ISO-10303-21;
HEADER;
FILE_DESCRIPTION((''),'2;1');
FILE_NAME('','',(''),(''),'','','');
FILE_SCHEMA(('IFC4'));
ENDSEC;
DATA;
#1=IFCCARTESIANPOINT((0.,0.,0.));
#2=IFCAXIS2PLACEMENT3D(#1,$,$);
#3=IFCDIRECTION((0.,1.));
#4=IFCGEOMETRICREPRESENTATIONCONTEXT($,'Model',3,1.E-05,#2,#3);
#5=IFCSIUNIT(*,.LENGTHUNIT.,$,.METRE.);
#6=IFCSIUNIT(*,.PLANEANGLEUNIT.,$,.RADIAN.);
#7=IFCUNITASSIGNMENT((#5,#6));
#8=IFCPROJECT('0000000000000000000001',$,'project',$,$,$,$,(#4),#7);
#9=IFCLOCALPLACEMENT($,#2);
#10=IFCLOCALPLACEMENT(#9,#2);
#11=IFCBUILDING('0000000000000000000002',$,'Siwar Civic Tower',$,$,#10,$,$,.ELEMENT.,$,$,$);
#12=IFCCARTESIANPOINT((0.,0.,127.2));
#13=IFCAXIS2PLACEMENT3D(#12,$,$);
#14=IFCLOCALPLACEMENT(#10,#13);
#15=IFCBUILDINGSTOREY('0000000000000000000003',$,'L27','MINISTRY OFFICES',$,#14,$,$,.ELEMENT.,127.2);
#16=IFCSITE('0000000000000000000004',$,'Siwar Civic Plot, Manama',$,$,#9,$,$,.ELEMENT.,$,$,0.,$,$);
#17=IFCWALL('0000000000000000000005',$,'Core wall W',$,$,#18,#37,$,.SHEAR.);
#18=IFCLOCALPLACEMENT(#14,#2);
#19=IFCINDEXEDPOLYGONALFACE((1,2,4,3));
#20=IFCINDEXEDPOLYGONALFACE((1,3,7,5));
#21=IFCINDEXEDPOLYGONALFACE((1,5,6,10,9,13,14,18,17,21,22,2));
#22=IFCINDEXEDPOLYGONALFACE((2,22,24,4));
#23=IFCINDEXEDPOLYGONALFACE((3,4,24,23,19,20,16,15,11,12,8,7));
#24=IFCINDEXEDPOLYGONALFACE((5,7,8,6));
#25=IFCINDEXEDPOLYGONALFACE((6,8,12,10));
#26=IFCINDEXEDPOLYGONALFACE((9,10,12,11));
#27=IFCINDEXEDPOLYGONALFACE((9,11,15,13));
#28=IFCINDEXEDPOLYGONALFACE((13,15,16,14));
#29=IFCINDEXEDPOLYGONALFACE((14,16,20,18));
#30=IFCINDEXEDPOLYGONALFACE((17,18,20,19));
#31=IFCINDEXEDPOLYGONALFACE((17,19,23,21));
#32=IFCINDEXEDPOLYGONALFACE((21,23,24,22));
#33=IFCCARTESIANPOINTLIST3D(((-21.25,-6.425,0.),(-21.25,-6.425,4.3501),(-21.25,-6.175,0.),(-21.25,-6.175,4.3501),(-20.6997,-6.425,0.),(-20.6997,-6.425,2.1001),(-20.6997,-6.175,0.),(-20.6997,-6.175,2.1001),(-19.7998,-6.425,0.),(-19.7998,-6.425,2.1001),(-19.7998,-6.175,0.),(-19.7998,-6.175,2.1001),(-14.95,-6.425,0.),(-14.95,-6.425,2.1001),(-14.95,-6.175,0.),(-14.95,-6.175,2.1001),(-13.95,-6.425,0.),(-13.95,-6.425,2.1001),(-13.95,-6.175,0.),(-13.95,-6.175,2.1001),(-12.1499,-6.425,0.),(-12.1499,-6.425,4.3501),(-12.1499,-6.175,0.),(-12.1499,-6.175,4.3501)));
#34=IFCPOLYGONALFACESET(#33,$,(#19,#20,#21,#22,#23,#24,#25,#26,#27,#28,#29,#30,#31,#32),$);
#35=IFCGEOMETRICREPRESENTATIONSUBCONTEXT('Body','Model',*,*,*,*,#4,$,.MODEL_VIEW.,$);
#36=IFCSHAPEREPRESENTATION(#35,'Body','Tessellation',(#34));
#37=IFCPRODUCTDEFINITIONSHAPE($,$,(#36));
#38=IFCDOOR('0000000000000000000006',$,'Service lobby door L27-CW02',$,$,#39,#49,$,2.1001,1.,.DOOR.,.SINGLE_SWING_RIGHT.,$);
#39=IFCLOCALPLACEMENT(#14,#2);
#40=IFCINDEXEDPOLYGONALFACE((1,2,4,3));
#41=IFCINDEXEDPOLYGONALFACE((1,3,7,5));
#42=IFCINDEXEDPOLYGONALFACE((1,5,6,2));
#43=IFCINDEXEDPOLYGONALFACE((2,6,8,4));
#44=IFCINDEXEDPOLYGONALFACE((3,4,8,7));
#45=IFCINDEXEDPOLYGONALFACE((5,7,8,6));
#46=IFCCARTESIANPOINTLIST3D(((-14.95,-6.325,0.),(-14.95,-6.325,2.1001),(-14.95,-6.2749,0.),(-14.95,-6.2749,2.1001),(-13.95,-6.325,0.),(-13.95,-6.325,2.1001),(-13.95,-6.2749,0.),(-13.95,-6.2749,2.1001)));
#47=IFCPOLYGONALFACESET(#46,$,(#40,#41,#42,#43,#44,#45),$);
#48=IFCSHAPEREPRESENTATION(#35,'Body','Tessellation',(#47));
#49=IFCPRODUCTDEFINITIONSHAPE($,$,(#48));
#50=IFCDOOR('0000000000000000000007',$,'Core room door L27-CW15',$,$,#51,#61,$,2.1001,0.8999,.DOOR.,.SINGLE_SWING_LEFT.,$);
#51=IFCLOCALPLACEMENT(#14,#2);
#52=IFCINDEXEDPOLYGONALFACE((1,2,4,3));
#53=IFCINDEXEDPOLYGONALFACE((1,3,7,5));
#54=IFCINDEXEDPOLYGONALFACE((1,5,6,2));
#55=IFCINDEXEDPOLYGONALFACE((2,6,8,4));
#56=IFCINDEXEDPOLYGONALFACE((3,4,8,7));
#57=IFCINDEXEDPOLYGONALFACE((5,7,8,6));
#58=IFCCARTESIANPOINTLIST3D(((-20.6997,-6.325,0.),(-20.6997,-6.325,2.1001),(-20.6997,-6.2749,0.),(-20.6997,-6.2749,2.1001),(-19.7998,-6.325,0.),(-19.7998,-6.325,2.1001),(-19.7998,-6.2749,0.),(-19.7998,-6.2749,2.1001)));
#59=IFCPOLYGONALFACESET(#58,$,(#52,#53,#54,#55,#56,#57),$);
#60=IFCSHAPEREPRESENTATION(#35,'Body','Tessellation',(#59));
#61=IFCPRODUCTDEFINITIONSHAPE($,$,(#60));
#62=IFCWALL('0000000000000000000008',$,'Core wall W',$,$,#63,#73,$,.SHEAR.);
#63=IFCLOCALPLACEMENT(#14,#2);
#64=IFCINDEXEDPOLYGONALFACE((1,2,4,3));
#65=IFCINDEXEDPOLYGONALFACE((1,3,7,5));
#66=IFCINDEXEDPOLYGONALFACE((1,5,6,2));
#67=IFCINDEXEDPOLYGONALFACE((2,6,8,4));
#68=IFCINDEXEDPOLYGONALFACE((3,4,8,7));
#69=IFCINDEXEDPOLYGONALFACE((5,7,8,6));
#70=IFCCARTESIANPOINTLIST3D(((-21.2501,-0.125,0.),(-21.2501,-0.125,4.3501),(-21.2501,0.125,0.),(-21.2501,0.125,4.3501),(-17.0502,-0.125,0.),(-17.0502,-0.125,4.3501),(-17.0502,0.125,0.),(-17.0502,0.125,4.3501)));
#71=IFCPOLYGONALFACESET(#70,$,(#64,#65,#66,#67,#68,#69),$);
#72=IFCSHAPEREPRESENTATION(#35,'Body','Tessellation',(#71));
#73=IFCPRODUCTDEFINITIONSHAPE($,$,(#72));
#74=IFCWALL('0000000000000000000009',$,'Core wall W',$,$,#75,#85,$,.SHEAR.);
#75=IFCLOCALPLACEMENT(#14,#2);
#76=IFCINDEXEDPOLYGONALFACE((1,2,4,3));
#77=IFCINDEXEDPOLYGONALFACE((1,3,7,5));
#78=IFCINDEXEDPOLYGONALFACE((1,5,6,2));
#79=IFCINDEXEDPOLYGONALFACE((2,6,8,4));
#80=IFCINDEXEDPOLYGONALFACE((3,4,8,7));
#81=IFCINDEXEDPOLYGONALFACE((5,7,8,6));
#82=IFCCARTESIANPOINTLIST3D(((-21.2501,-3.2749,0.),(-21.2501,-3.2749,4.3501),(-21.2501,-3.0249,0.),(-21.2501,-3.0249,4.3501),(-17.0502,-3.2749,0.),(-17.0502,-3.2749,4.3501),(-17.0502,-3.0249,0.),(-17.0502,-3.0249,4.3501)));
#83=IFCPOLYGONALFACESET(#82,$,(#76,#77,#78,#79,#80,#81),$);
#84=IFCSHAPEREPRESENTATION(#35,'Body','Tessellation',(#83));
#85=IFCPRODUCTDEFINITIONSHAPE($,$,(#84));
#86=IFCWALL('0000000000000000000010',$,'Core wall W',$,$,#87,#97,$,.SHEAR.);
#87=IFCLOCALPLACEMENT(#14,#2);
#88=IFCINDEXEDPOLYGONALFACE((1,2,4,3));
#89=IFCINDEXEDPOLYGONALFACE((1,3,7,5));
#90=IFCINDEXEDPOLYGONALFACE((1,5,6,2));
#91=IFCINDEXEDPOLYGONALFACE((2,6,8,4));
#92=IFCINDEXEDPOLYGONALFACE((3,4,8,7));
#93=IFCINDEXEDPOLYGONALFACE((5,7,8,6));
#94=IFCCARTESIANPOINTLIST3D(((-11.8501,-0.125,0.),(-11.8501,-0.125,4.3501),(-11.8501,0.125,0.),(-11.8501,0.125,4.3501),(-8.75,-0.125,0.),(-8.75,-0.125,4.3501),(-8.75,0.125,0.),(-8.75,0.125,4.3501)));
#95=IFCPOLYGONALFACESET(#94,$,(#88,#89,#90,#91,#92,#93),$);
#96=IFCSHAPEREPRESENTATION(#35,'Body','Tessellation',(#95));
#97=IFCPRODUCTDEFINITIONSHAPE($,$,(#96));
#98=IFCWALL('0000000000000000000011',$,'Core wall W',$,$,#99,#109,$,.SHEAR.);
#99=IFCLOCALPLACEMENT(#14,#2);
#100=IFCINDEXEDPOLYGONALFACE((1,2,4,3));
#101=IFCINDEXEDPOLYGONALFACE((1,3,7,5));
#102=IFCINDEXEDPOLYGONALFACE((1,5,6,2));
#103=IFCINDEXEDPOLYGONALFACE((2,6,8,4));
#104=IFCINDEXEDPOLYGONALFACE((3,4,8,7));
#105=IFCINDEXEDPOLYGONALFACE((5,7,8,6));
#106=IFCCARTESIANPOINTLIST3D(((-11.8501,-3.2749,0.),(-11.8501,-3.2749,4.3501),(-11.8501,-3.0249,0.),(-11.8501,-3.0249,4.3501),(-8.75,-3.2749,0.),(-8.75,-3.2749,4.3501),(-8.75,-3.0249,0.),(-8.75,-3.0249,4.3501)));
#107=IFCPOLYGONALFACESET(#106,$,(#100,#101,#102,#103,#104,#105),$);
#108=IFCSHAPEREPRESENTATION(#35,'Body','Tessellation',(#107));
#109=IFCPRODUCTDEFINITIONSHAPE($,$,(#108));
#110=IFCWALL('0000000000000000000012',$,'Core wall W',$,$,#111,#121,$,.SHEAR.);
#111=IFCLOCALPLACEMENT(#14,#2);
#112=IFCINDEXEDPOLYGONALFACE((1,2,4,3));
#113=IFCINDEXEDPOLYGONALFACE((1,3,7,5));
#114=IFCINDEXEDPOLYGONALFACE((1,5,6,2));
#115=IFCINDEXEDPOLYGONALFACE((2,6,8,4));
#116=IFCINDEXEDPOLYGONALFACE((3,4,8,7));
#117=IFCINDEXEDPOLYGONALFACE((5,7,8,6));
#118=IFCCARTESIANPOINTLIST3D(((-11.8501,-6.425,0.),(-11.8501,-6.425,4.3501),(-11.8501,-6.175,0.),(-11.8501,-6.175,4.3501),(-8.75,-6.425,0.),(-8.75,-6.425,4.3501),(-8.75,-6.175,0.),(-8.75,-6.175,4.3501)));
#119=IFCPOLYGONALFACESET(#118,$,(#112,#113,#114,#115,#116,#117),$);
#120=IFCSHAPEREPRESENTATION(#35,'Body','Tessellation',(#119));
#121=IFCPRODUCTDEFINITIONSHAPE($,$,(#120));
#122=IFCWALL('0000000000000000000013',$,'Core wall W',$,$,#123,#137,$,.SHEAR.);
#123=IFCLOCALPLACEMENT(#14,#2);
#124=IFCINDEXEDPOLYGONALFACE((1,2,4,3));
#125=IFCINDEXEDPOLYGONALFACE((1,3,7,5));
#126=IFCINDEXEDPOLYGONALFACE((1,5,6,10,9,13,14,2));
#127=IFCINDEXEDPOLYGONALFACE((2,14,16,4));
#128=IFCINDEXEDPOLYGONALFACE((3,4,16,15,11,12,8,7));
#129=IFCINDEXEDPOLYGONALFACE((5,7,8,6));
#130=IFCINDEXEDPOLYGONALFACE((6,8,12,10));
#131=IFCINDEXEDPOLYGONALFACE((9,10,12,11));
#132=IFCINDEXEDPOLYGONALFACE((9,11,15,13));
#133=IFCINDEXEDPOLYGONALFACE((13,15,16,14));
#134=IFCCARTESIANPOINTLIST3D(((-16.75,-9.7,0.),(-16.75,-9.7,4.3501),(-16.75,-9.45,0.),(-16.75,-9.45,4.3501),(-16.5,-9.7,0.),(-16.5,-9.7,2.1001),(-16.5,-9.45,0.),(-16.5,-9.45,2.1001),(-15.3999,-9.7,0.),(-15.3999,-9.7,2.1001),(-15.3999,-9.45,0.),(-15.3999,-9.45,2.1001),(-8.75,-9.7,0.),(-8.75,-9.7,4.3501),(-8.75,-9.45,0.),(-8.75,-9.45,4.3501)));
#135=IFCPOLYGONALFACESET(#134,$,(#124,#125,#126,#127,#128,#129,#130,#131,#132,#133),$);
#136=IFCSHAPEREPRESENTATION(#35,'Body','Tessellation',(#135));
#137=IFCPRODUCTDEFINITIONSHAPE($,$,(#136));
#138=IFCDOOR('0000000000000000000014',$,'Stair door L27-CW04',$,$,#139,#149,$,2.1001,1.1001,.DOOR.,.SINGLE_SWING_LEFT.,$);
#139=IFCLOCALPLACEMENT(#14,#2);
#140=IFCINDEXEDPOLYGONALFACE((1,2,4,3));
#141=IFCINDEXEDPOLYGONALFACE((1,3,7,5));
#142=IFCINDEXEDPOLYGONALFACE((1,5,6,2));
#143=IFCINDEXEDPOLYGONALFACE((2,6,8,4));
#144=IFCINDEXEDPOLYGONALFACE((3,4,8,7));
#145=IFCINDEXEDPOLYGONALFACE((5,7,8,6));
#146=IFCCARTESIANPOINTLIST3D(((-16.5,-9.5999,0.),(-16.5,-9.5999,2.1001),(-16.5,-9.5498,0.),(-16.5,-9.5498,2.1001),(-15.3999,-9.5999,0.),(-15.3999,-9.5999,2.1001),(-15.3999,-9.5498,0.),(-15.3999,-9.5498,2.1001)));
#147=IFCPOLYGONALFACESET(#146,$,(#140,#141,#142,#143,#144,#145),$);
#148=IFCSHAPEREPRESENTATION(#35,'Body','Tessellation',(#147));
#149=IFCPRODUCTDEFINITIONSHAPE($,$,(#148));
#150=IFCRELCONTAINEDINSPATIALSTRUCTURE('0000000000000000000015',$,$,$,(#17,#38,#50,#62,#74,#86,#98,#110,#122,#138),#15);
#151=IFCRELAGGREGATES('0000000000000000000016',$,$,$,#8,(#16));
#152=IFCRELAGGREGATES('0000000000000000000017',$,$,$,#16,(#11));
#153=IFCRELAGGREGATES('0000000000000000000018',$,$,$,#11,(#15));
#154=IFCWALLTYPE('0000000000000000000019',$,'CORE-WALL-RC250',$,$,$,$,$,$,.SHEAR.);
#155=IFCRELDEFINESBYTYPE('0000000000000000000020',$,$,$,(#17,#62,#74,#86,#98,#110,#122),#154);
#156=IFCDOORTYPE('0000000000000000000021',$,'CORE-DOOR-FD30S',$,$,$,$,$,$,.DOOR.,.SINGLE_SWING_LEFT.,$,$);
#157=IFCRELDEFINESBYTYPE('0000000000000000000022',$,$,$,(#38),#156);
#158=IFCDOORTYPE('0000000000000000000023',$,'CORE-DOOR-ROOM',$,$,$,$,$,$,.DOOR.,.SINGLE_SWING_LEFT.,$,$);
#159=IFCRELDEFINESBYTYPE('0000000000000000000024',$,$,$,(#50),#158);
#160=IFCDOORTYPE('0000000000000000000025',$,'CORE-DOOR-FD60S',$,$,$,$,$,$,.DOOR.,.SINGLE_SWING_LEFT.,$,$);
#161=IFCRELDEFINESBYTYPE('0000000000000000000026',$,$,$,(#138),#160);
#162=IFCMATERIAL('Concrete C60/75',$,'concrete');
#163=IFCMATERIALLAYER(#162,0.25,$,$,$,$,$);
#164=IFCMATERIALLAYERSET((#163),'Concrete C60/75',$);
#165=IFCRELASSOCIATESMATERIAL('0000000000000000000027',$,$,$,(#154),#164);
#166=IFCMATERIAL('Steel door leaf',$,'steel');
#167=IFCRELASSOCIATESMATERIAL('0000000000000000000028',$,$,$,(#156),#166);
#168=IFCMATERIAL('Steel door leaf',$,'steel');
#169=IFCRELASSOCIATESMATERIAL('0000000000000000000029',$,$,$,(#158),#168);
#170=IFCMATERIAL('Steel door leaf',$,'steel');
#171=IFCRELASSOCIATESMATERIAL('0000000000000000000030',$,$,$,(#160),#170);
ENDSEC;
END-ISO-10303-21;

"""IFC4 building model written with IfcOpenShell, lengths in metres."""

from ifc_helpers import new_model, si_unit, direction, frame, frame_2d, origin, place, context, subcontext, project, spatial, rectangle, extrude, material, layer, layer_set, type_object, element, fill, save


model = new_model("IFC4")

# Units and contexts
model_context = context("Model", 3, precision=1e-05, world=origin(), true_north=direction((0.0, 1.0)))
body_context = subcontext(model_context, "Body", "Model", "MODEL_VIEW")
ifc_project = project(units=[si_unit("LENGTHUNIT", "METRE"), si_unit("PLANEANGLEUNIT", "RADIAN")], contexts=[model_context])

# Site, building, storey
site_placement = place(None, origin())
site = spatial("IfcSite", under=ifc_project, at=site_placement, Name="Siwar Civic Plot, Manama", CompositionType="ELEMENT", RefElevation=0.0)
building_placement = place(site_placement, origin())
building = spatial("IfcBuilding", under=site, at=building_placement, Name="Siwar Civic Tower", CompositionType="ELEMENT")
storey_placement = place(building_placement, frame((0.0, 0.0, 127.2)))
storey = spatial("IfcBuildingStorey", under=building, at=storey_placement, Name="L27", Description="MINISTRY OFFICES", CompositionType="ELEMENT", Elevation=127.2)

# Wall, openings, doors
ifc_material_1 = material(Name="Concrete C60/75", Category="concrete")
ifc_layer_1 = layer(ifc_material_1, 0.25)
ifc_layer_set_1 = layer_set([ifc_layer_1], Name="Concrete C60/75")
wall_type_1 = type_object("IfcWallType", Name="CORE-WALL-RC250", PredefinedType="SHEAR", material=ifc_layer_set_1)
wall_1_placement = place(storey_placement, frame((-12.1499, -6.3, 0.0), z_axis=(0.0, 0.0, 1.0), x_axis=(-1.0, 0.0, 0.0)))
wall_1 = element("IfcWall", 1, at=wall_1_placement, inside=storey, type_object=wall_type_1, Name="Core wall W", PredefinedType="SHEAR", context=body_context, shape_type="SweptSolid", body=[
    extrude(rectangle(XDim=9.1001, YDim=0.25, at=frame_2d((4.55, 0.0))), origin(), (0.0, 0.0, 1.0), 4.3501),
])
opening_1_placement = place(wall_1_placement, frame((1.8, 0.0, 0.0)))
opening_1 = element("IfcOpeningElement", 2, at=opening_1_placement, cuts=wall_1, PredefinedType="OPENING", context=body_context, shape_type="SweptSolid", body=[
    extrude(rectangle(XDim=1.0, YDim=2.1001, at=frame_2d((0.5, 1.05))), frame((0.0, 0.135, 0.0), z_axis=(0.0, -1.0, 0.0), x_axis=(1.0, 0.0, 0.0)), (0.0, 0.0, 1.0), 0.27),
])
opening_2_placement = place(wall_1_placement, frame((7.6499, 0.0, 0.0)))
opening_2 = element("IfcOpeningElement", 3, at=opening_2_placement, cuts=wall_1, PredefinedType="OPENING", context=body_context, shape_type="SweptSolid", body=[
    extrude(rectangle(XDim=0.8999, YDim=2.1001, at=frame_2d((0.45, 1.05))), frame((0.0, 0.135, 0.0), z_axis=(0.0, -1.0, 0.0), x_axis=(1.0, 0.0, 0.0)), (0.0, 0.0, 1.0), 0.27),
])
ifc_material_2 = material(Name="Steel door leaf", Category="steel")
door_type_1 = type_object("IfcDoorType", Name="CORE-DOOR-FD30S", OperationType="SINGLE_SWING_LEFT", PredefinedType="DOOR", material=ifc_material_2)
door_1_placement = place(opening_1_placement, origin())
door_1 = element("IfcDoor", 4, at=door_1_placement, inside=storey, type_object=door_type_1, Name="Service lobby door L27-CW02", OperationType="SINGLE_SWING_RIGHT", OverallHeight=2.1001, OverallWidth=1.0, PredefinedType="DOOR", context=body_context, shape_type="SweptSolid", body=[
    extrude(rectangle(XDim=1.0, YDim=2.1001, at=frame_2d((0.5, 1.05))), frame((0.0, 0.0249, 0.0), z_axis=(0.0, -1.0, 0.0), x_axis=(1.0, 0.0, 0.0)), (0.0, 0.0, 1.0), 0.05),
])
fill(opening_1, door_1)
ifc_material_3 = material(Name="Steel door leaf", Category="steel")
door_type_2 = type_object("IfcDoorType", Name="CORE-DOOR-ROOM", OperationType="SINGLE_SWING_LEFT", PredefinedType="DOOR", material=ifc_material_3)
door_2_placement = place(opening_2_placement, origin())
door_2 = element("IfcDoor", 5, at=door_2_placement, inside=storey, type_object=door_type_2, Name="Core room door L27-CW15", OperationType="SINGLE_SWING_LEFT", OverallHeight=2.1001, OverallWidth=0.8999, PredefinedType="DOOR", context=body_context, shape_type="SweptSolid", body=[
    extrude(rectangle(XDim=0.8999, YDim=2.1001, at=frame_2d((0.45, 1.05))), frame((0.0, 0.0249, 0.0), z_axis=(0.0, -1.0, 0.0), x_axis=(1.0, 0.0, 0.0)), (0.0, 0.0, 1.0), 0.05),
])
fill(opening_2, door_2)

# Walls
for number, where, z_axis, x_axis, name in (
    (6, (-17.05, 0.0, 0.0), (0.0, 0.0, 1.0), (-1.0, 0.0, 0.0), "Core wall W"),
    (7, (-17.05, -3.1499, 0.0), (0.0, 0.0, 1.0), (-1.0, 0.0, 0.0), "Core wall W"),
):
    element("IfcWall", number, at=place(storey_placement, frame(where, z_axis=z_axis, x_axis=x_axis)), inside=storey, type_object=wall_type_1, Name=name, PredefinedType="SHEAR", context=body_context, shape_type="SweptSolid", body=[
        extrude(rectangle(XDim=4.2, YDim=0.25, at=frame_2d((2.1001, 0.0))), origin(), (0.0, 0.0, 1.0), 4.3501),
    ])
for number, where, z_axis, x_axis, name in (
    (8, (-8.75, 0.0, 0.0), (0.0, 0.0, 1.0), (-1.0, 0.0, 0.0), "Core wall W"),
    (9, (-8.75, -3.1499, 0.0), (0.0, 0.0, 1.0), (-1.0, 0.0, 0.0), "Core wall W"),
    (10, (-8.75, -6.3, 0.0), (0.0, 0.0, 1.0), (-1.0, 0.0, 0.0), "Core wall W"),
):
    element("IfcWall", number, at=place(storey_placement, frame(where, z_axis=z_axis, x_axis=x_axis)), inside=storey, type_object=wall_type_1, Name=name, PredefinedType="SHEAR", context=body_context, shape_type="SweptSolid", body=[
        extrude(rectangle(XDim=3.1001, YDim=0.25, at=frame_2d((1.55, 0.0))), origin(), (0.0, 0.0, 1.0), 4.3501),
    ])

# Wall, opening, door
wall_2_placement = place(storey_placement, frame((-8.75, -9.575, 0.0), z_axis=(0.0, 0.0, 1.0), x_axis=(-1.0, 0.0, 0.0)))
wall_2 = element("IfcWall", 11, at=wall_2_placement, inside=storey, type_object=wall_type_1, Name="Core wall W", PredefinedType="SHEAR", context=body_context, shape_type="SweptSolid", body=[
    extrude(rectangle(XDim=8.0, YDim=0.25, at=frame_2d((4.0, 0.0))), origin(), (0.0, 0.0, 1.0), 4.3501),
])
opening_3_placement = place(wall_2_placement, frame((6.6499, 0.0, 0.0)))
opening_3 = element("IfcOpeningElement", 12, at=opening_3_placement, cuts=wall_2, PredefinedType="OPENING", context=body_context, shape_type="SweptSolid", body=[
    extrude(rectangle(XDim=1.1001, YDim=2.1001, at=frame_2d((0.55, 1.05))), frame((0.0, 0.135, 0.0), z_axis=(0.0, -1.0, 0.0), x_axis=(1.0, 0.0, 0.0)), (0.0, 0.0, 1.0), 0.27),
])
ifc_material_4 = material(Name="Steel door leaf", Category="steel")
door_type_3 = type_object("IfcDoorType", Name="CORE-DOOR-FD60S", OperationType="SINGLE_SWING_LEFT", PredefinedType="DOOR", material=ifc_material_4)
door_3_placement = place(opening_3_placement, origin())
door_3 = element("IfcDoor", 13, at=door_3_placement, inside=storey, type_object=door_type_3, Name="Stair door L27-CW04", OperationType="SINGLE_SWING_LEFT", OverallHeight=2.1001, OverallWidth=1.1001, PredefinedType="DOOR", context=body_context, shape_type="SweptSolid", body=[
    extrude(rectangle(XDim=1.1001, YDim=2.1001, at=frame_2d((0.55, 1.05))), frame((0.0, 0.0249, 0.0), z_axis=(0.0, -1.0, 0.0), x_axis=(1.0, 0.0, 0.0)), (0.0, 0.0, 1.0), 0.05),
])
fill(opening_3, door_3)

save(model, "model.ifc")
